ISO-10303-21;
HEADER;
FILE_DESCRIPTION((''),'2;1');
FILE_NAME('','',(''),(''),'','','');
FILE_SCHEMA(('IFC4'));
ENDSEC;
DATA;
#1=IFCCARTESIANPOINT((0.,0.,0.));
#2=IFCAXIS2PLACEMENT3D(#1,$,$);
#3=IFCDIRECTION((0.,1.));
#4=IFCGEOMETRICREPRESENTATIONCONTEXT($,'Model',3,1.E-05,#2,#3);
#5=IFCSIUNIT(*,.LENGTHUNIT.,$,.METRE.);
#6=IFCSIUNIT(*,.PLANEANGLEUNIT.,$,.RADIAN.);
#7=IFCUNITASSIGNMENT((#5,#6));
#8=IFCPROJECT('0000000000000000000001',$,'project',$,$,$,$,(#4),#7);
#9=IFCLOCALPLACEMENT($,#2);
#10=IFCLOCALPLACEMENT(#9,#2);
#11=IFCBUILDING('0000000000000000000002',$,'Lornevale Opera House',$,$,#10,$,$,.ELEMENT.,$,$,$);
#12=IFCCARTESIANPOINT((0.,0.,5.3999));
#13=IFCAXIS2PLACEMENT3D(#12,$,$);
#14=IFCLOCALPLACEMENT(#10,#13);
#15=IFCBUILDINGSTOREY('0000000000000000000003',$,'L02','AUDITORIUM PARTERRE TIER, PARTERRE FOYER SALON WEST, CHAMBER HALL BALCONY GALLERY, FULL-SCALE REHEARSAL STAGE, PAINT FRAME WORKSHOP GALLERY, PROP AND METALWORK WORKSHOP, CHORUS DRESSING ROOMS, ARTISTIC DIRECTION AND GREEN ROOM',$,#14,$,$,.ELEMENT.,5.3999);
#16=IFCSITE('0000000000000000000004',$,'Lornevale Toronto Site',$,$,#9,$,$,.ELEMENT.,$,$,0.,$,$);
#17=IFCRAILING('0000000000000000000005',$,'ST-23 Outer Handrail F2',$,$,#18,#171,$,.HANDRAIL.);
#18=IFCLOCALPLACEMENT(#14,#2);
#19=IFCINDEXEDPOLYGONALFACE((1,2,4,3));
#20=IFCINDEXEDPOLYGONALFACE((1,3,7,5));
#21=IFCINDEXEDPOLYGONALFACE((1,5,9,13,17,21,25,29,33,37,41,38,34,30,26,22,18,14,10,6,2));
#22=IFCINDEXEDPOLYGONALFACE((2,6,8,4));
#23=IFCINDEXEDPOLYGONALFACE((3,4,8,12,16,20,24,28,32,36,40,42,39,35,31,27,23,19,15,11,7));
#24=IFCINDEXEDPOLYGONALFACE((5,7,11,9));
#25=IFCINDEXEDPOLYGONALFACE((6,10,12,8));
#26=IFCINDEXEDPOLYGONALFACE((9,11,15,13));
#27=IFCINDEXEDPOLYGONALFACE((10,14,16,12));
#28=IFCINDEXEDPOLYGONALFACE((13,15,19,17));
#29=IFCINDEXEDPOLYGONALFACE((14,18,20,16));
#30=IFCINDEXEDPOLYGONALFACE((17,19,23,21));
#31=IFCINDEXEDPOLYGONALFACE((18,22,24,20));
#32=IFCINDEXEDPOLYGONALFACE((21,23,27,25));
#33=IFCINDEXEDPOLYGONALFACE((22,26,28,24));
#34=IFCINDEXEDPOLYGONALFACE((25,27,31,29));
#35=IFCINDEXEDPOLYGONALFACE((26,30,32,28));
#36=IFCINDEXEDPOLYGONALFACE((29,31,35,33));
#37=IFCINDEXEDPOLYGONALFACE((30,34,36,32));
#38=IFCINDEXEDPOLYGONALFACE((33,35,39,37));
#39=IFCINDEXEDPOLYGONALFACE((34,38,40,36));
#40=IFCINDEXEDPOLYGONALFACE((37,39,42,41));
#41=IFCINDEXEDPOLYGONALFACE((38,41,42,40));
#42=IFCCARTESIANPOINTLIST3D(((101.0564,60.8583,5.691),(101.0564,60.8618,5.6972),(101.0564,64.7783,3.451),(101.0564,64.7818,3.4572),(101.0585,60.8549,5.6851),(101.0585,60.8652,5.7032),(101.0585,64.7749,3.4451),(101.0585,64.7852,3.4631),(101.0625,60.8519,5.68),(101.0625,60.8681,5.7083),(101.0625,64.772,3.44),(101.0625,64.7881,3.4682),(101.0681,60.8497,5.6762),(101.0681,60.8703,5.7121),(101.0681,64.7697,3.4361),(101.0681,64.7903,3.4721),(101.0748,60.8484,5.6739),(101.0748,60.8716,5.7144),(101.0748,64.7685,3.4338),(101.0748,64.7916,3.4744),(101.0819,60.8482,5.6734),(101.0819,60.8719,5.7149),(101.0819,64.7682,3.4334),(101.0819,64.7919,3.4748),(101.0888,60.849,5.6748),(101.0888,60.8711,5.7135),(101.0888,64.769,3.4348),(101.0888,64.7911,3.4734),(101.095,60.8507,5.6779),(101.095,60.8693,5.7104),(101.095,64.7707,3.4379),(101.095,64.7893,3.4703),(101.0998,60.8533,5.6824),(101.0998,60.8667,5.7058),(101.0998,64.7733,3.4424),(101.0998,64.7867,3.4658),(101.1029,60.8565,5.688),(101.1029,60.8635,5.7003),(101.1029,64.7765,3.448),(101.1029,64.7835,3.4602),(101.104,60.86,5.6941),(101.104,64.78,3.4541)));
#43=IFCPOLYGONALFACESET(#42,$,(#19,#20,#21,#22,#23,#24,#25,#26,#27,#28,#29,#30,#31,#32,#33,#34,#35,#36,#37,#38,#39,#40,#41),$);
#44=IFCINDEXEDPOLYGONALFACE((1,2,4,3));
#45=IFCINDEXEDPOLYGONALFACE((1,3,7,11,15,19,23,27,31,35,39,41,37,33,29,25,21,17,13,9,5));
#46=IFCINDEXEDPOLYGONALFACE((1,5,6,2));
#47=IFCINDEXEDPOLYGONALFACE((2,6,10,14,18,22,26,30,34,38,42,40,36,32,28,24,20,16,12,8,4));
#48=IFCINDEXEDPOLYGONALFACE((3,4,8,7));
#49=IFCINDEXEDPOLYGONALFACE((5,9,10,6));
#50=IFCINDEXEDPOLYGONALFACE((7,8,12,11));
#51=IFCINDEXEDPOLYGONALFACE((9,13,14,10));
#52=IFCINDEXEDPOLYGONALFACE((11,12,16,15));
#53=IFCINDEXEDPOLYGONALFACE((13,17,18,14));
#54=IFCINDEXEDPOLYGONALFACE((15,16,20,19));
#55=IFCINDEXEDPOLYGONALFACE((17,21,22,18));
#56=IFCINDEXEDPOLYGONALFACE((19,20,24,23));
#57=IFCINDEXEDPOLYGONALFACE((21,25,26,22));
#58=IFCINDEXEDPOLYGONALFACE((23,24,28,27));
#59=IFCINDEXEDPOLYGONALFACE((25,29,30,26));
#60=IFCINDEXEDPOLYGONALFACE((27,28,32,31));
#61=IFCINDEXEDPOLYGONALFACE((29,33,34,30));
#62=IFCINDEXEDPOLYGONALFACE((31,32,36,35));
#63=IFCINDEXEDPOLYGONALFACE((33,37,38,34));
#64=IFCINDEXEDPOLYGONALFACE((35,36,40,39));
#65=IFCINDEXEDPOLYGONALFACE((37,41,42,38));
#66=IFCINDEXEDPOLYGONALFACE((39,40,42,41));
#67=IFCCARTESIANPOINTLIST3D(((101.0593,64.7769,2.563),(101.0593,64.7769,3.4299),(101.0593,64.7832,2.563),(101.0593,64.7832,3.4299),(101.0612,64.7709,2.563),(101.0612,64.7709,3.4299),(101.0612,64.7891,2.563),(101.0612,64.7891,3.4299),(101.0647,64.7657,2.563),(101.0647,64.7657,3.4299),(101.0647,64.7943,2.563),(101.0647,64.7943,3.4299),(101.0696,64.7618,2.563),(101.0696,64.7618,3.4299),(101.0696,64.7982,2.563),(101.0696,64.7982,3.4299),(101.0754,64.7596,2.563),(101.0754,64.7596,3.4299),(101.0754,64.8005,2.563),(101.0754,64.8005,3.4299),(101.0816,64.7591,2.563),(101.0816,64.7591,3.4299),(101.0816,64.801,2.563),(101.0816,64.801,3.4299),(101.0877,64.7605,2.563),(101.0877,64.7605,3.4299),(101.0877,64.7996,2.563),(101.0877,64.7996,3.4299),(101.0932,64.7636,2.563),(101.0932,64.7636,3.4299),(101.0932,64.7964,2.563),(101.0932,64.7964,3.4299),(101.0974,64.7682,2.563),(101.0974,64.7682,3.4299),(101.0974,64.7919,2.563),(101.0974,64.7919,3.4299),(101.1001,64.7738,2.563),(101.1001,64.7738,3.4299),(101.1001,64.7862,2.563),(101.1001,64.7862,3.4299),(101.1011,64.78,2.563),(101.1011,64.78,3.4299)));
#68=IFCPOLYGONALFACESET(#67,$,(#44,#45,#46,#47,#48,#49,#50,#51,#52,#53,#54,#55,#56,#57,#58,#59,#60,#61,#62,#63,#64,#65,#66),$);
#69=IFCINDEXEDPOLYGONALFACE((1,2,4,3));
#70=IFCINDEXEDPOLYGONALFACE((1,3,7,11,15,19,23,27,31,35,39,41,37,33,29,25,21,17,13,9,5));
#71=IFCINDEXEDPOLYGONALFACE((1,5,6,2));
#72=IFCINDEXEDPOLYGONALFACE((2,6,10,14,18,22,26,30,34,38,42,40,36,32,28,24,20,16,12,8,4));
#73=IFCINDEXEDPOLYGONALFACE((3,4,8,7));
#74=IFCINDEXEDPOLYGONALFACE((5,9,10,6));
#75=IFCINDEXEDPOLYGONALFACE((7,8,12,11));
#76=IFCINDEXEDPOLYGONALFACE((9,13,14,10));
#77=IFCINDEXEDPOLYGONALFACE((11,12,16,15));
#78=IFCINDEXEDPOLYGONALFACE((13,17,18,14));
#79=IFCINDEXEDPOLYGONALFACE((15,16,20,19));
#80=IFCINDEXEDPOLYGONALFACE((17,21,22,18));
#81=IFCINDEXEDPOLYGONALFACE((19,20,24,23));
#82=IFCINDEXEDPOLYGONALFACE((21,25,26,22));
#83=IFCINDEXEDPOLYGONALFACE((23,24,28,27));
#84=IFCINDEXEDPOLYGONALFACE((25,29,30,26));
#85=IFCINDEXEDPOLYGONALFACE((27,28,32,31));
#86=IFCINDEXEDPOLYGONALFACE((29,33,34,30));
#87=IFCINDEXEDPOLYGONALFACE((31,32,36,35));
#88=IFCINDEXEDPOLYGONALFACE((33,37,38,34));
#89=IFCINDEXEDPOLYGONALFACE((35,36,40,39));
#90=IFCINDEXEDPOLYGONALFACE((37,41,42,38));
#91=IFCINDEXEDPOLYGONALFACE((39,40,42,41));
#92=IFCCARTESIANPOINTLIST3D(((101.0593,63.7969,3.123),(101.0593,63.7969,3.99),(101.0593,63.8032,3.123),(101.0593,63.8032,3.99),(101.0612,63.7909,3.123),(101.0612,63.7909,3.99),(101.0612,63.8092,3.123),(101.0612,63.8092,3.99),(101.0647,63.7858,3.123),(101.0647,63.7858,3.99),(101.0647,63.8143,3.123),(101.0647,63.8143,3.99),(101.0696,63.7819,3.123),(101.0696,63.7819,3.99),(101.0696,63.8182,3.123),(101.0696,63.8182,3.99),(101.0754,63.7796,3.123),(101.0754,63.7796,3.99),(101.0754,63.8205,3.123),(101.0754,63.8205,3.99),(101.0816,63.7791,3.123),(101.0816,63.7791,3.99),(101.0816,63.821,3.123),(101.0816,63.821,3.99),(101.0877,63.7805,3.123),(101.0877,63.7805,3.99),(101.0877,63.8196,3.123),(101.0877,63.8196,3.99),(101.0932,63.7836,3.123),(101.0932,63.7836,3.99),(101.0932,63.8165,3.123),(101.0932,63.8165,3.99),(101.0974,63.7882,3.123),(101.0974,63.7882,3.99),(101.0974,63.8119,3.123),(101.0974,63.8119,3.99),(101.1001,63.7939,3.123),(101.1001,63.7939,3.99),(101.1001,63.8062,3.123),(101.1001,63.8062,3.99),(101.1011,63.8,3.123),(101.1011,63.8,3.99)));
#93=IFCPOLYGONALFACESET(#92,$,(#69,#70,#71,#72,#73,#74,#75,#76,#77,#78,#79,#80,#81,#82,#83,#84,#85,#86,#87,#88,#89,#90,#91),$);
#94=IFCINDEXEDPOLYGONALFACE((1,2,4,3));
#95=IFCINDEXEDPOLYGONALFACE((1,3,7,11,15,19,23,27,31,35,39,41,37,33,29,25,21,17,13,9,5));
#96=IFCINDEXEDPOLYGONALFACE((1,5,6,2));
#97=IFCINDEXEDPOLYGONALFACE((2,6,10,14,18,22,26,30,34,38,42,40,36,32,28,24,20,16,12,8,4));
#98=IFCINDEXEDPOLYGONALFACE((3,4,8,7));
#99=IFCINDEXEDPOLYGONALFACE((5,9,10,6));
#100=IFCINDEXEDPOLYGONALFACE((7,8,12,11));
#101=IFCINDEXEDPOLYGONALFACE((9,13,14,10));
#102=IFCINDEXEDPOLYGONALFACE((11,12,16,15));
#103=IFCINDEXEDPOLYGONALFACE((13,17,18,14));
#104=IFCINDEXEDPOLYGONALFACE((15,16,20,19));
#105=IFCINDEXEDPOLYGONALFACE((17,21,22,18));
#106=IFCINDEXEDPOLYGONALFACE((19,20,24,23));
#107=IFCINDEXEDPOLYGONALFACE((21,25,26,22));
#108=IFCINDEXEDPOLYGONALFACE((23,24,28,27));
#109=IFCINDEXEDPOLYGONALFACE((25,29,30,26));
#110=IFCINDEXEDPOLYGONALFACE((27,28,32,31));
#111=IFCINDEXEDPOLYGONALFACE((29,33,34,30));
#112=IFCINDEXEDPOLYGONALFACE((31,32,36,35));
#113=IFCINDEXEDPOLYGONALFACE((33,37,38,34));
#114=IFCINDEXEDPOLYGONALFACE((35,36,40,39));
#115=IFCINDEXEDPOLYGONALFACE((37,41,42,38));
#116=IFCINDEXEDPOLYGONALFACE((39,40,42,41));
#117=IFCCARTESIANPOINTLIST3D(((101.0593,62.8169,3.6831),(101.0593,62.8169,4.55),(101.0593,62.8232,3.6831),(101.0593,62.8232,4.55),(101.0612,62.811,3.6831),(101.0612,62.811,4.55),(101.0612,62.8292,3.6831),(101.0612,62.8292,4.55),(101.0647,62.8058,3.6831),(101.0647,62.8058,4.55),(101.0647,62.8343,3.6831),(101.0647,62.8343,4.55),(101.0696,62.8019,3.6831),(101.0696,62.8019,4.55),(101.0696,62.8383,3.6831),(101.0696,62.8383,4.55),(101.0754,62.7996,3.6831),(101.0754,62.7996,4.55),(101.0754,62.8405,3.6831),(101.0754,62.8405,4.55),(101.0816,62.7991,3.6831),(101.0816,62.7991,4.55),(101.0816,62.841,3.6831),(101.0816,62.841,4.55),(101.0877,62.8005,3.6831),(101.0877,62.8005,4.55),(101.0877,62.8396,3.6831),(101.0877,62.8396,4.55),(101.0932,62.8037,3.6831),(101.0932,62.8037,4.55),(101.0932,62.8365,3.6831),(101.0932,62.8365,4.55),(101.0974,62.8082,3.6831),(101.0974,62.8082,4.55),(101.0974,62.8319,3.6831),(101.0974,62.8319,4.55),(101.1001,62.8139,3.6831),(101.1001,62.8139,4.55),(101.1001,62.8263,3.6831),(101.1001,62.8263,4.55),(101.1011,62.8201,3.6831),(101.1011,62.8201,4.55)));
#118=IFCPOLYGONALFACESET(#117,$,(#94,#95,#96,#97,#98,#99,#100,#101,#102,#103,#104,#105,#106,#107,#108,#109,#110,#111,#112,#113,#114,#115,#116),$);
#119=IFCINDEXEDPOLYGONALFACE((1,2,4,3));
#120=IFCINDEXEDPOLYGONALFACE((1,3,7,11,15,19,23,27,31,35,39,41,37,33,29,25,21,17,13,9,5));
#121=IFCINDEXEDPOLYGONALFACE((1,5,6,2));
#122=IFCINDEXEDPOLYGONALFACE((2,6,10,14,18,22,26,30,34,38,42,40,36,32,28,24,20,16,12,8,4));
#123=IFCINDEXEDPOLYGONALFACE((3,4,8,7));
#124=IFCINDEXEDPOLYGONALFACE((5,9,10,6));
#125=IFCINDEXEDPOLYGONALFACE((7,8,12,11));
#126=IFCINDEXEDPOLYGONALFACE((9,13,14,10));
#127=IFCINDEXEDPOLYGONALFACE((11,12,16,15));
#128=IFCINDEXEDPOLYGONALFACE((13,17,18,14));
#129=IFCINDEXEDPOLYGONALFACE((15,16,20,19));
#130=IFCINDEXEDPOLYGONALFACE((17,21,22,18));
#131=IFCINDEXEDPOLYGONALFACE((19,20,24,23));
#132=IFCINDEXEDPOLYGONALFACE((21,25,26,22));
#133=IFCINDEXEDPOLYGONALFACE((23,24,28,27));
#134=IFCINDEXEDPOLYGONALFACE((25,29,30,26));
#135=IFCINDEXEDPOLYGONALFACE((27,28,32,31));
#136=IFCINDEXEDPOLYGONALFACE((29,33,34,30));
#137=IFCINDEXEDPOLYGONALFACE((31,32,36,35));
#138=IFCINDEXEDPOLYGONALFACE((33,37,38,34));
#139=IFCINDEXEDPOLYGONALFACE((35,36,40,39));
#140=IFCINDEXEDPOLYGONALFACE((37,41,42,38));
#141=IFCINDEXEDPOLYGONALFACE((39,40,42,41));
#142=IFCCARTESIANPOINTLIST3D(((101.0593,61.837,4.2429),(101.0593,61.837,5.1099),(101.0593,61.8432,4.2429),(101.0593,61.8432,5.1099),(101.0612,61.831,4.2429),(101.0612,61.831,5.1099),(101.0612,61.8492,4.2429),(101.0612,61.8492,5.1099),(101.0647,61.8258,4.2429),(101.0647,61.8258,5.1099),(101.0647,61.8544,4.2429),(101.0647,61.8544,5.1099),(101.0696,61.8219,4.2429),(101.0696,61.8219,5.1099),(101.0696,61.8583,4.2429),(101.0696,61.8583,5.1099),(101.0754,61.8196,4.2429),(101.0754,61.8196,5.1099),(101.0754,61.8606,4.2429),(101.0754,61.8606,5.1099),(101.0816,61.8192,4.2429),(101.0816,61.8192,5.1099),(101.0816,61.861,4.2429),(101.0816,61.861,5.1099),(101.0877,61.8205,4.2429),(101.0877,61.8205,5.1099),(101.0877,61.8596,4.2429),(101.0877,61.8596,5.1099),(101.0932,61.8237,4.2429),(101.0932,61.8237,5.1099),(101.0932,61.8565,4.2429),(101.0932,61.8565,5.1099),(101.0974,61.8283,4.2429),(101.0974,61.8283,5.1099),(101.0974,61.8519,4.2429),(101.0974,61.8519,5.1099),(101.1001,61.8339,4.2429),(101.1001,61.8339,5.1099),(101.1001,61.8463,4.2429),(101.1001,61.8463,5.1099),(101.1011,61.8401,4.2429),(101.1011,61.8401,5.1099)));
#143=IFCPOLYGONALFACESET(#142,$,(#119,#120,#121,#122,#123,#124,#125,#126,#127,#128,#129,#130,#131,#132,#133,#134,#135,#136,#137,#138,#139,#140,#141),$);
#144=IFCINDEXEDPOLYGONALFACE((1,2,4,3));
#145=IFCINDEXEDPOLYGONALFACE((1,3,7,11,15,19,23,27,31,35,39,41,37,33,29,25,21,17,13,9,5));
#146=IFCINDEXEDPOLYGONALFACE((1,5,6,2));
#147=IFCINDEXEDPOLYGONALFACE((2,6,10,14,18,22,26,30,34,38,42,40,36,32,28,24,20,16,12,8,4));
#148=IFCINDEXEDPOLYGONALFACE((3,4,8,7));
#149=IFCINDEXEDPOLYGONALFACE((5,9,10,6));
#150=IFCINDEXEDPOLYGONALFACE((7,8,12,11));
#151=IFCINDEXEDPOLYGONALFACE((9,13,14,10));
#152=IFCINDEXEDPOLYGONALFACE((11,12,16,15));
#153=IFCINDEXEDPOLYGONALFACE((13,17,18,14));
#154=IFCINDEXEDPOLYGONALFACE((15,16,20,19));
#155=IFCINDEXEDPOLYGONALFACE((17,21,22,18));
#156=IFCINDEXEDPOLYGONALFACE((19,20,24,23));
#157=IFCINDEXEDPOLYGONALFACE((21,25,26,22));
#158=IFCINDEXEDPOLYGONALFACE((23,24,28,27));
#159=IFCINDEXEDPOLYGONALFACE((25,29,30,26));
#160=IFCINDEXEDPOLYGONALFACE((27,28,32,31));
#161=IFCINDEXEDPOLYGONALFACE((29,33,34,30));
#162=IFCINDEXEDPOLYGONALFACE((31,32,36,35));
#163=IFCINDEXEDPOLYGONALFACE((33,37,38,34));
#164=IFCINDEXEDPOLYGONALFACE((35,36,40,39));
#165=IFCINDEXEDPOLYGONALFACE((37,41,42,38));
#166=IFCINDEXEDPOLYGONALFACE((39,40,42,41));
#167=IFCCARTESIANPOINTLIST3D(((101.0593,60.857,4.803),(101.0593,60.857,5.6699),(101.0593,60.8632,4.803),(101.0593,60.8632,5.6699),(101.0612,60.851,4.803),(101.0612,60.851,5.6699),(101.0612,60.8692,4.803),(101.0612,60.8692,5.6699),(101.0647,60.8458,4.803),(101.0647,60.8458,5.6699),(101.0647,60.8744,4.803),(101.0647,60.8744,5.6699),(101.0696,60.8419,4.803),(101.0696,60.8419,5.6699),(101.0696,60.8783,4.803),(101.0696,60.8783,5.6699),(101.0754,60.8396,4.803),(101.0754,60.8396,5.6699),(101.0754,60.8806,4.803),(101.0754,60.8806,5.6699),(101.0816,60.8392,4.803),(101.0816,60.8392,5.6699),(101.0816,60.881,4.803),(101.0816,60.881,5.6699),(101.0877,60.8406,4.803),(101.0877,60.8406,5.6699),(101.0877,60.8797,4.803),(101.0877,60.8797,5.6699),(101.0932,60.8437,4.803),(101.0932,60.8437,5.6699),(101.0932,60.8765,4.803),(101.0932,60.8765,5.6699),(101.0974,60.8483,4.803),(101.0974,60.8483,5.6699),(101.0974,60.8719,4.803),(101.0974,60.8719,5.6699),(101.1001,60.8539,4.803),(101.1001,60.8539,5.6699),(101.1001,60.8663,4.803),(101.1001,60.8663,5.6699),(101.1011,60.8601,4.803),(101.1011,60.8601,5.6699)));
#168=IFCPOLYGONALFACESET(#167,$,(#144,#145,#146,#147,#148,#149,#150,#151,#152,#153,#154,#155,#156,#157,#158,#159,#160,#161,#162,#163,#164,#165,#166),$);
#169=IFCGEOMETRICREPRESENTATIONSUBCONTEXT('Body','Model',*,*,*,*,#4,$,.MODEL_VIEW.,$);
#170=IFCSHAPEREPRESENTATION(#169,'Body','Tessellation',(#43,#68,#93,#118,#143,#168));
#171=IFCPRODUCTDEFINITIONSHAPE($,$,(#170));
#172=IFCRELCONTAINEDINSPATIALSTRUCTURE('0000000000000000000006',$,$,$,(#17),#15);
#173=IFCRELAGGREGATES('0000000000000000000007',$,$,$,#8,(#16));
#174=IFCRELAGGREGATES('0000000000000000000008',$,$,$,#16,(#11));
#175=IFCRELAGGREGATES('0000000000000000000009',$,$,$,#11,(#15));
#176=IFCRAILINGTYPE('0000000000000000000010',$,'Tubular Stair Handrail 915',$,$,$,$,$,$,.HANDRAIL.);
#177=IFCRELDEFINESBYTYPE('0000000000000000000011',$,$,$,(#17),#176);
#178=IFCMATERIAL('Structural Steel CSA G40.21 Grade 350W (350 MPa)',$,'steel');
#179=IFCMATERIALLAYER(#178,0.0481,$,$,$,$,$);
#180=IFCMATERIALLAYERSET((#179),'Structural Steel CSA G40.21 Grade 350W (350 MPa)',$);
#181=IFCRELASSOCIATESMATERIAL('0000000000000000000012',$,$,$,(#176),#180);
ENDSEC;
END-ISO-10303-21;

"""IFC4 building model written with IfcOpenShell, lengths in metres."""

from ifc_helpers import new_model, si_unit, direction, frame, origin, origin_2d, place, context, subcontext, project, spatial, circle, extrude, material, layer, layer_set, type_object, element, save


model = new_model("IFC4")

# Units and contexts
model_context = context("Model", 3, precision=1e-05, world=origin(), true_north=direction((0.0, 1.0)))
body_context = subcontext(model_context, "Body", "Model", "MODEL_VIEW")
ifc_project = project(units=[si_unit("LENGTHUNIT", "METRE"), si_unit("PLANEANGLEUNIT", "RADIAN")], contexts=[model_context])

# Site, building, storey
site_placement = place(None, origin())
site = spatial("IfcSite", under=ifc_project, at=site_placement, Name="Lornevale Toronto Site", CompositionType="ELEMENT", RefElevation=0.0)
building_placement = place(site_placement, origin())
building = spatial("IfcBuilding", under=site, at=building_placement, Name="Lornevale Opera House", CompositionType="ELEMENT")
storey_placement = place(building_placement, frame((0.0, 0.0, 5.3999)))
storey = spatial("IfcBuildingStorey", under=building, at=storey_placement, Name="L02", Description="AUDITORIUM PARTERRE TIER, PARTERRE FOYER SALON WEST, CHAMBER HALL BALCONY GALLERY, FULL-SCALE REHEARSAL STAGE, PAINT FRAME WORKSHOP GALLERY, PROP AND METALWORK WORKSHOP, CHORUS DRESSING ROOMS, ARTISTIC DIRECTION AND GREEN ROOM", CompositionType="ELEMENT", Elevation=5.3999)

# Shared definitions
ifc_material_1 = material(Name="Structural Steel CSA G40.21 Grade 350W (350 MPa)", Category="steel")

# Railing
ifc_layer_1 = layer(ifc_material_1, 0.0481)
ifc_layer_set_1 = layer_set([ifc_layer_1], Name="Structural Steel CSA G40.21 Grade 350W (350 MPa)")
railing_type_1 = type_object("IfcRailingType", Name="Tubular Stair Handrail 915", PredefinedType="HANDRAIL", material=ifc_layer_set_1)
railing_1_placement = place(storey_placement, frame((101.0801, 64.78, 2.563)))
element("IfcRailing", 1, at=railing_1_placement, inside=storey, type_object=railing_type_1, Name="ST-23 Outer Handrail F2", PredefinedType="HANDRAIL", context=body_context, shape_type="SweptSolid", body=[
    extrude(circle(Radius=0.0239, at=origin_2d()), frame((0.0, 0.0, 0.8911), z_axis=(0.0, -0.86824, 0.496145), x_axis=(1.0, 0.0, 0.0)), (0.0, 0.0, 1.0), 4.5149),
    extrude(circle(Radius=0.021, at=origin_2d()), origin(), (0.0, 0.0, 1.0), 0.8669),
    extrude(circle(Radius=0.021, at=origin_2d()), frame((0.0, -0.98, 0.5601)), (0.0, 0.0, 1.0), 0.8669),
    extrude(circle(Radius=0.021, at=origin_2d()), frame((0.0, -1.96, 1.1201)), (0.0, 0.0, 1.0), 0.8669),
    extrude(circle(Radius=0.021, at=origin_2d()), frame((0.0, -2.9399, 1.6799)), (0.0, 0.0, 1.0), 0.8669),
    extrude(circle(Radius=0.021, at=origin_2d()), frame((0.0, -3.9199, 2.24)), (0.0, 0.0, 1.0), 0.8669),
])

save(model, "model.ifc")
